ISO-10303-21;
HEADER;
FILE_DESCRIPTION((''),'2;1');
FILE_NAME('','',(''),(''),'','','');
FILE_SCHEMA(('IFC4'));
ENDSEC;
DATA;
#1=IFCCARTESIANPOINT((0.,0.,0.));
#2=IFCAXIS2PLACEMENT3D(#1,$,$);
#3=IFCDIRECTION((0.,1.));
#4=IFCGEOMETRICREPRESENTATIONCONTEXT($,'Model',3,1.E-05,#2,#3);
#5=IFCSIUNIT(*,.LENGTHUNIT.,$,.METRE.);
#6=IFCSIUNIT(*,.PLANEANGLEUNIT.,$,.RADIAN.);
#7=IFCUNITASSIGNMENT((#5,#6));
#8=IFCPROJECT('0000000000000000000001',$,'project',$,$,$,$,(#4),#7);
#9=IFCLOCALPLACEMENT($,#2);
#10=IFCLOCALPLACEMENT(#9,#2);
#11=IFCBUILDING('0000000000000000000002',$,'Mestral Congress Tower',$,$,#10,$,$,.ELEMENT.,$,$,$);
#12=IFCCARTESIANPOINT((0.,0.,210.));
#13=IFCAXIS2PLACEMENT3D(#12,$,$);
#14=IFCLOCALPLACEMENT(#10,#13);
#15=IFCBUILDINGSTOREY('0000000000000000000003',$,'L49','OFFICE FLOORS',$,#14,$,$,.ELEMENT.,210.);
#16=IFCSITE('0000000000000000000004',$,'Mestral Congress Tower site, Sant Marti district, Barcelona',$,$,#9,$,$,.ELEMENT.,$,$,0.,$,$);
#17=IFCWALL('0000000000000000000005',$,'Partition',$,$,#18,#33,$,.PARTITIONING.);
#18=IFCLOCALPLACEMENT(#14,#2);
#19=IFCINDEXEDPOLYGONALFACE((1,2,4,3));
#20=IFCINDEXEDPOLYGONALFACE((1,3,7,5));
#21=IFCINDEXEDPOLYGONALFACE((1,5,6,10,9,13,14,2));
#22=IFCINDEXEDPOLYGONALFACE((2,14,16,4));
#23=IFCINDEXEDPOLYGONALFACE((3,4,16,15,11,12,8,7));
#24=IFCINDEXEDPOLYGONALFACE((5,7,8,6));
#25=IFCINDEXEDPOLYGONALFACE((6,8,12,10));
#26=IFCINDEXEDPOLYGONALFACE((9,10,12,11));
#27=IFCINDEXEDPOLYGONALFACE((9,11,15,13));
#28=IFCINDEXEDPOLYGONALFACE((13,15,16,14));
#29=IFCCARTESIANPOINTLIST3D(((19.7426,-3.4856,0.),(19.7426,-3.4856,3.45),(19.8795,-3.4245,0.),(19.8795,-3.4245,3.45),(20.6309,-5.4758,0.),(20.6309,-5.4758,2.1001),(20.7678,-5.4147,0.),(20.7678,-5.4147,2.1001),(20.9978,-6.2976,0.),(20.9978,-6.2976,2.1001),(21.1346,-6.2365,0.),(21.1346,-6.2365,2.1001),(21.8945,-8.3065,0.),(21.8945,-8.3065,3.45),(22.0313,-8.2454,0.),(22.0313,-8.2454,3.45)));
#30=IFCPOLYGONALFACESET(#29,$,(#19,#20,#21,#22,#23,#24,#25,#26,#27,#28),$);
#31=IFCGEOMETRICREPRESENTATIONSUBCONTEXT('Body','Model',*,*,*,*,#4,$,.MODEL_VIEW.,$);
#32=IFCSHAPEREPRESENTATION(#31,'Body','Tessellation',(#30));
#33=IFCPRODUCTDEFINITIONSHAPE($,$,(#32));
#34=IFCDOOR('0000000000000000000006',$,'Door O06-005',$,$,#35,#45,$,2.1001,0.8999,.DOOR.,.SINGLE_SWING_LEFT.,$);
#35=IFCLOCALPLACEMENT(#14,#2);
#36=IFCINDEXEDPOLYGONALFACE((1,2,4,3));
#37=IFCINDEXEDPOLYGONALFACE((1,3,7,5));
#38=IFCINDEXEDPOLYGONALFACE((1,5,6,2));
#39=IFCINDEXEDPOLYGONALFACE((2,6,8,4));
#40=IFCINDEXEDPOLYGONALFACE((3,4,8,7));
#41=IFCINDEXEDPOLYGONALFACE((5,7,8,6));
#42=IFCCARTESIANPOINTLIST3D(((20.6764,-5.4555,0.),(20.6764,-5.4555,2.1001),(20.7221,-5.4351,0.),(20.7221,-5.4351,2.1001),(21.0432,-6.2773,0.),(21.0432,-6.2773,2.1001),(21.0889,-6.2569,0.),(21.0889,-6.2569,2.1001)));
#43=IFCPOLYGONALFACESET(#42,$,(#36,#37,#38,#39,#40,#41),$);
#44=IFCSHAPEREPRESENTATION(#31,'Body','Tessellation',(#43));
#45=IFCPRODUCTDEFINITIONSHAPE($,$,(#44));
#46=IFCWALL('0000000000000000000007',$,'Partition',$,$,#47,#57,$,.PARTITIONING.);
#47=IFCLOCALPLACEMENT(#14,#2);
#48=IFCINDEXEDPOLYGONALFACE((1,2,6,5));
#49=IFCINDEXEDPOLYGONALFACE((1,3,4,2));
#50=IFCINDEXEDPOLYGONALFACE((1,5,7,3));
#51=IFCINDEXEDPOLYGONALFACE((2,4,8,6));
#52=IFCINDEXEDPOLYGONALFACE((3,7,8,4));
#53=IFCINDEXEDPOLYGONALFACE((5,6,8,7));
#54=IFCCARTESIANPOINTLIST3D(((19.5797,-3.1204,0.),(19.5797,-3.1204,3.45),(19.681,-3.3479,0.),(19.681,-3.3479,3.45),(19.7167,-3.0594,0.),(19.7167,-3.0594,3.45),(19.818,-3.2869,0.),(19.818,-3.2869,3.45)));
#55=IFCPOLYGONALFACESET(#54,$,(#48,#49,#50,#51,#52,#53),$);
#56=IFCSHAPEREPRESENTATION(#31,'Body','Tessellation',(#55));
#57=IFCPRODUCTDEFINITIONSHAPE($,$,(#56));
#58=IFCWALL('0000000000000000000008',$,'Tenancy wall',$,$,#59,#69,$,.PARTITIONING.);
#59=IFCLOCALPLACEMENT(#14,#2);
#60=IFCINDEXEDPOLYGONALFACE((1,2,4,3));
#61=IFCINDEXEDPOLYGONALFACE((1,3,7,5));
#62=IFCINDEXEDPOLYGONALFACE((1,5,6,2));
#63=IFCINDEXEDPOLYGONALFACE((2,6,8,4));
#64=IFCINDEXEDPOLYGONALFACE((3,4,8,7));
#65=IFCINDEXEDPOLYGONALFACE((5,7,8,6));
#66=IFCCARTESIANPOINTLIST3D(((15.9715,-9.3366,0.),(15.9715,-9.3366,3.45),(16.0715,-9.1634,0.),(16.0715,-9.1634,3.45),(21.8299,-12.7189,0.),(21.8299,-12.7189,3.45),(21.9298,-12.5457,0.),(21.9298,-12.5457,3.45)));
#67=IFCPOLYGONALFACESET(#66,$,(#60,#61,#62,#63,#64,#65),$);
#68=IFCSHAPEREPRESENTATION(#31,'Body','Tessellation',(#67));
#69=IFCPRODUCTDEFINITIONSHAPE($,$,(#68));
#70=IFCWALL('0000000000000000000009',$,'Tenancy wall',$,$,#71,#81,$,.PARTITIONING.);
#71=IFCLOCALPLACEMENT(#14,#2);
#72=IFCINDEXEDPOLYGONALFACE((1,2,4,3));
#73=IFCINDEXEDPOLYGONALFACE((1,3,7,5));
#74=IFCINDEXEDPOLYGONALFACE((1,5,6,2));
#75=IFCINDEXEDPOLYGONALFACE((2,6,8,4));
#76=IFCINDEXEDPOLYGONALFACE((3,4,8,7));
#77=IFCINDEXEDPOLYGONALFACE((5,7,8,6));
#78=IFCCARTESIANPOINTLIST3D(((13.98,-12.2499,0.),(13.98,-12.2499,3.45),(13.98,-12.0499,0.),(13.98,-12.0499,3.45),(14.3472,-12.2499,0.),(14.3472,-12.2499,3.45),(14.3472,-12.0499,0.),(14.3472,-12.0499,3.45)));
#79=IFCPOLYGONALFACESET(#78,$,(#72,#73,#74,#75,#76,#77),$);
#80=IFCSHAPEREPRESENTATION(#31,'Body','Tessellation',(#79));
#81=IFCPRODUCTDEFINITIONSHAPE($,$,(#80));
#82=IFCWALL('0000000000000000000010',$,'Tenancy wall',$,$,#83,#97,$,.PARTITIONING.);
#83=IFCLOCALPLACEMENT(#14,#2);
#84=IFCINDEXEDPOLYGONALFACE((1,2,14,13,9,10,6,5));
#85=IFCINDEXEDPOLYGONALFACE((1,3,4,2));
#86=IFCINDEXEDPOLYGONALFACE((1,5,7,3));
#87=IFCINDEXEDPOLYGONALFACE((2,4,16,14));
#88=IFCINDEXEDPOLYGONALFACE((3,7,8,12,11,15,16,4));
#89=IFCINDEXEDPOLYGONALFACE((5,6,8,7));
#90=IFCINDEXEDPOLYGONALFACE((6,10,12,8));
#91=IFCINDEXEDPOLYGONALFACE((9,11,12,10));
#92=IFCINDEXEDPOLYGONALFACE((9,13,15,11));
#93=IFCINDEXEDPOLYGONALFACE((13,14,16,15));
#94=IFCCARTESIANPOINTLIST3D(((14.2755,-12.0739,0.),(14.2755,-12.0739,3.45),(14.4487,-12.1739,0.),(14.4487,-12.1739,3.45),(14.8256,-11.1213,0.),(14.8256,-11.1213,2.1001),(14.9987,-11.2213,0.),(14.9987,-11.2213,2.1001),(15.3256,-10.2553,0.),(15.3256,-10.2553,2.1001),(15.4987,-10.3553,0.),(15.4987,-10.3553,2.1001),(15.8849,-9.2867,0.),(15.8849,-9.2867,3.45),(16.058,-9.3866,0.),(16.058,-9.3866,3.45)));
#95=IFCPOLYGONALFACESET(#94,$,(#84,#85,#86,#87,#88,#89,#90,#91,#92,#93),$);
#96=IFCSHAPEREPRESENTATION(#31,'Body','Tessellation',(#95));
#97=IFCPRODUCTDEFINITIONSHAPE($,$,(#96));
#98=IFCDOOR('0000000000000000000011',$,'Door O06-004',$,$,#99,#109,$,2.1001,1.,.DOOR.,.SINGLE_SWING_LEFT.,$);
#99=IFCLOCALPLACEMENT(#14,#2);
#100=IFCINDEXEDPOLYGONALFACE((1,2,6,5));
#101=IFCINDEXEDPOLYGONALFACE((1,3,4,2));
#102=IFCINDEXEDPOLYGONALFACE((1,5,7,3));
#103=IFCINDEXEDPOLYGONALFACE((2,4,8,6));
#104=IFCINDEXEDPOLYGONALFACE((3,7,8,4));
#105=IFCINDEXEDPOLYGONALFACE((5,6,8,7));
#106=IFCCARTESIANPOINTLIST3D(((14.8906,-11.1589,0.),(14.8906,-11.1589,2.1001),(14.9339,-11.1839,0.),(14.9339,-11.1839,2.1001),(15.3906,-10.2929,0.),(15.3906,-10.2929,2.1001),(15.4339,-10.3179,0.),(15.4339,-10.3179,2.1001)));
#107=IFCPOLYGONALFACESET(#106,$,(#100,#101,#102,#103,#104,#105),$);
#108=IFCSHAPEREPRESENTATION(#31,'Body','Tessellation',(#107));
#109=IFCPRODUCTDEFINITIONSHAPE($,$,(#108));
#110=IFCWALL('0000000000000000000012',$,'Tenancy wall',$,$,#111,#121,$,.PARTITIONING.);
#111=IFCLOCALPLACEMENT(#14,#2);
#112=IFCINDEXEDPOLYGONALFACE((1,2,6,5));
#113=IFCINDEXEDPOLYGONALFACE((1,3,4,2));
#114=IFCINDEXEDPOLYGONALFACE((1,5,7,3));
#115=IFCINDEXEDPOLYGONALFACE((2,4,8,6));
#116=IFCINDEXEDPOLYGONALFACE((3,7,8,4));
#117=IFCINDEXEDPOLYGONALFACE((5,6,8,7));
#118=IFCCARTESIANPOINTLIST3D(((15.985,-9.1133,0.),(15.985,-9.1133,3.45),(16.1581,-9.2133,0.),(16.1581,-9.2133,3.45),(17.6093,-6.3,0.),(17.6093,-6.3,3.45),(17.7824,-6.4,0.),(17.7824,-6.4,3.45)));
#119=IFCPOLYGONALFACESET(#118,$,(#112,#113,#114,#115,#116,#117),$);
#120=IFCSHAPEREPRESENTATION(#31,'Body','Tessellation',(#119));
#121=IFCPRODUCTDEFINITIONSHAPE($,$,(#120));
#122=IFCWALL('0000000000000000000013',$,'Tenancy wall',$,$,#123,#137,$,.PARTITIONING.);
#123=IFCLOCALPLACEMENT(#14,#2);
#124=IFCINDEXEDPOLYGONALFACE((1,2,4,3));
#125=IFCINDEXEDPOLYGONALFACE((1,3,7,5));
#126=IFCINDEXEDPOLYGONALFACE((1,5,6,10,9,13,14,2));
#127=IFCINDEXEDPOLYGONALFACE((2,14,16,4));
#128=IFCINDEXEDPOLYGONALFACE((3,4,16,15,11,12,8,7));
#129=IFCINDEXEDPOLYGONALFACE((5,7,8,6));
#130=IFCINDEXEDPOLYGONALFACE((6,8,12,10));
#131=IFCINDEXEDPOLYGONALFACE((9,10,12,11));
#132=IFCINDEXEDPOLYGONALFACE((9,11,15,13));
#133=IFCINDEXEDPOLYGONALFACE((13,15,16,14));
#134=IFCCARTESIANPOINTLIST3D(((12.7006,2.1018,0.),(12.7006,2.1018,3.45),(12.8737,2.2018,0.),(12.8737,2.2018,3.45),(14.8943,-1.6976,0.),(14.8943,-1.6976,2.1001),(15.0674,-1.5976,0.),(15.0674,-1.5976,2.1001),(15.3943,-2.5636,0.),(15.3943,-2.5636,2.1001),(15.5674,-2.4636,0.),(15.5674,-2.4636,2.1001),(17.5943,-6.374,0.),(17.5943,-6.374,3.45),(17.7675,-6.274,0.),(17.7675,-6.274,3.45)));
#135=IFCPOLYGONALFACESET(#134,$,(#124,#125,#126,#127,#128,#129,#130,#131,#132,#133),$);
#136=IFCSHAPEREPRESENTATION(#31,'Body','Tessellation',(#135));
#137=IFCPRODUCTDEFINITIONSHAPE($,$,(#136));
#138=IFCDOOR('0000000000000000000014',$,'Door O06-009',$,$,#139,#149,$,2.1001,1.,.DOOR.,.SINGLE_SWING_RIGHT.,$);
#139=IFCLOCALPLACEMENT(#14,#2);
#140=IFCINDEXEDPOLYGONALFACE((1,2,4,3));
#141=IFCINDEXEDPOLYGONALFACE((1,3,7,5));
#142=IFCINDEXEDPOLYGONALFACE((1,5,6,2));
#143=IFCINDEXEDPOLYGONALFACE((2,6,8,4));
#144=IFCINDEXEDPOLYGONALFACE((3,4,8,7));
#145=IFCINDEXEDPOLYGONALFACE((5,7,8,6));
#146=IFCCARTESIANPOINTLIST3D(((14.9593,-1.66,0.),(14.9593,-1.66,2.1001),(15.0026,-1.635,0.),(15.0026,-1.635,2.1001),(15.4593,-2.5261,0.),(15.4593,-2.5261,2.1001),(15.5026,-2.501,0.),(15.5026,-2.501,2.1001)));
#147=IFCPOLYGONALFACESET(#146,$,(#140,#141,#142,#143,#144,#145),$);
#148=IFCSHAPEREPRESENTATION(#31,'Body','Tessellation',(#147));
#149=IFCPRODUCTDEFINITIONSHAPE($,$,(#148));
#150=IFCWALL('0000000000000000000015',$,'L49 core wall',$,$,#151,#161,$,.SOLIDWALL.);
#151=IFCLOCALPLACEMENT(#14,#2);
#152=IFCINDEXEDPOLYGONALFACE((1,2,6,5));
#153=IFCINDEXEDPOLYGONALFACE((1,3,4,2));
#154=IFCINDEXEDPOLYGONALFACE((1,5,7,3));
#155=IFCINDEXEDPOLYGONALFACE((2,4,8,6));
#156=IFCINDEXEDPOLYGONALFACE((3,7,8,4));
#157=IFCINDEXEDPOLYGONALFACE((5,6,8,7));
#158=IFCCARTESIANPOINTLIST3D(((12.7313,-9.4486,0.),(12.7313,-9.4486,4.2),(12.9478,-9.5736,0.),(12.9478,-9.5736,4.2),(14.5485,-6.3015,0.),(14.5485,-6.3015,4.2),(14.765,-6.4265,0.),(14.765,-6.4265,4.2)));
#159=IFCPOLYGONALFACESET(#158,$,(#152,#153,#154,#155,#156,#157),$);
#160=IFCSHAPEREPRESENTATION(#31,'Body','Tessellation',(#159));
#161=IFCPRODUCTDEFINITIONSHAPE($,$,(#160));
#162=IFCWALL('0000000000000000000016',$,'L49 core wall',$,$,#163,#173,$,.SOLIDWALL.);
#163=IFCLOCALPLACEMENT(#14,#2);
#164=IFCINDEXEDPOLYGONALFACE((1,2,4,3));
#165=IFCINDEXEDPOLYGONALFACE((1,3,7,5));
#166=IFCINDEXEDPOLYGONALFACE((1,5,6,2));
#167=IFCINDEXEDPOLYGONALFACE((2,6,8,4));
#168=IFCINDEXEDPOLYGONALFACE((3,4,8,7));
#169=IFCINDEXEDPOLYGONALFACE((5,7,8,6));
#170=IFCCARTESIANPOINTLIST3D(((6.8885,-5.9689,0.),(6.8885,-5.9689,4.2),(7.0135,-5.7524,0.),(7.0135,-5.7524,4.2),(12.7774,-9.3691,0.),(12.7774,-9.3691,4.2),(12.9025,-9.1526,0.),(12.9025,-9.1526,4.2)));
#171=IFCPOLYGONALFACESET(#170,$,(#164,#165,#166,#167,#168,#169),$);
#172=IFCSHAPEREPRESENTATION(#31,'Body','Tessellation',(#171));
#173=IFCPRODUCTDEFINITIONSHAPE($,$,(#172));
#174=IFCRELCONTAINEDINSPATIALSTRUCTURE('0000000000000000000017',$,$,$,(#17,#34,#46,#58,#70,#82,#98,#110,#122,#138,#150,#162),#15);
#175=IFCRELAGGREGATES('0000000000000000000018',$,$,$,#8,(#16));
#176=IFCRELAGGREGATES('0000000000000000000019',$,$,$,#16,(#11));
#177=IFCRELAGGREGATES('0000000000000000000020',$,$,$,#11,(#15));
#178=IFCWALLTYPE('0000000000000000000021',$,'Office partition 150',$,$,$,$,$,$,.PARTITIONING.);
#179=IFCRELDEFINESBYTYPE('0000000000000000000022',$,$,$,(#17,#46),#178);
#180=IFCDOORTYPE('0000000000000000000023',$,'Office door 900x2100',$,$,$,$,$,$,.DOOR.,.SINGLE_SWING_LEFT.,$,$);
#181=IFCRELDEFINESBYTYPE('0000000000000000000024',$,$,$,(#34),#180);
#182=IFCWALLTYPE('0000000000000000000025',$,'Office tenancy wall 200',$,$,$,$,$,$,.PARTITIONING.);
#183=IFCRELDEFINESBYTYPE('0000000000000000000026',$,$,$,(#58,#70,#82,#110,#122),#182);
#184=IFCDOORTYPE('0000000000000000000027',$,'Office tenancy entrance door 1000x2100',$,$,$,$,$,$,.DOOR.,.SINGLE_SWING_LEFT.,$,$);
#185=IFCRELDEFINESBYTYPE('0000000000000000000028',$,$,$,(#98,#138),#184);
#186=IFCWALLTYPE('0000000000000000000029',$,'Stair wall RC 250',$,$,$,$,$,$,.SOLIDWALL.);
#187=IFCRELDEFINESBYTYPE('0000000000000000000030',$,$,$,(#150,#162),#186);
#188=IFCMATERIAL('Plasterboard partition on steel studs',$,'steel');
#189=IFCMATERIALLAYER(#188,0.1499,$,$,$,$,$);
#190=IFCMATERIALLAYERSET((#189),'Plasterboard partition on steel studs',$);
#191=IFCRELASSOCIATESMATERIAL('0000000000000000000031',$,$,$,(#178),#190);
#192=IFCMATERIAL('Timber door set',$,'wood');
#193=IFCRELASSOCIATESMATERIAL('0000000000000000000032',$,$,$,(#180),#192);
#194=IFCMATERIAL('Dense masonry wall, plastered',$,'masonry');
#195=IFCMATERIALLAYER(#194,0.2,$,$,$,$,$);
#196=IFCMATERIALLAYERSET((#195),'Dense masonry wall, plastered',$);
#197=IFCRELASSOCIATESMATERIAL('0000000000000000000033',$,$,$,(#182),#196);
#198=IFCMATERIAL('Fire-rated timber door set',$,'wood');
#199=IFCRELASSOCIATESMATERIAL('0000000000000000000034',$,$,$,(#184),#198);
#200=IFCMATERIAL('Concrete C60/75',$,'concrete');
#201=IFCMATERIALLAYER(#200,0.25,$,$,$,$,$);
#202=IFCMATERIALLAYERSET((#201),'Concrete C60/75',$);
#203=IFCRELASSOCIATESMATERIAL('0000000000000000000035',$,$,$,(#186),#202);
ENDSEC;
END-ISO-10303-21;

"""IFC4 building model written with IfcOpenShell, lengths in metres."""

from ifc_helpers import new_model, si_unit, direction, frame, frame_2d, origin, place, context, subcontext, project, spatial, rectangle, extrude, material, layer, layer_set, type_object, element, fill, save


model = new_model("IFC4")

# Units and contexts
model_context = context("Model", 3, precision=1e-05, world=origin(), true_north=direction((0.0, 1.0)))
body_context = subcontext(model_context, "Body", "Model", "MODEL_VIEW")
ifc_project = project(units=[si_unit("LENGTHUNIT", "METRE"), si_unit("PLANEANGLEUNIT", "RADIAN")], contexts=[model_context])

# Site, building, storey
site_placement = place(None, origin())
site = spatial("IfcSite", under=ifc_project, at=site_placement, Name="Mestral Congress Tower site, Sant Marti district, Barcelona", CompositionType="ELEMENT", RefElevation=0.0)
building_placement = place(site_placement, origin())
building = spatial("IfcBuilding", under=site, at=building_placement, Name="Mestral Congress Tower", CompositionType="ELEMENT")
storey_placement = place(building_placement, frame((0.0, 0.0, 210.0)))
storey = spatial("IfcBuildingStorey", under=building, at=storey_placement, Name="L49", Description="OFFICE FLOORS", CompositionType="ELEMENT", Elevation=210.0)

# Shared definitions
ifc_material_1 = material(Name="Concrete C60/75", Category="concrete")

# Shared definitions
ifc_material_2 = material(Name="Plasterboard partition on steel studs", Category="steel")
ifc_layer_1 = layer(ifc_material_2, 0.1499)
ifc_layer_set_1 = layer_set([ifc_layer_1], Name="Plasterboard partition on steel studs")
wall_type_1 = type_object("IfcWallType", Name="Office partition 150", PredefinedType="PARTITIONING", material=ifc_layer_set_1)

# Wall, opening, door
wall_1_placement = place(storey_placement, frame((19.811, -3.4551, 0.0), z_axis=(0.0, 0.0, 1.0), x_axis=(0.407605, -0.913158, 0.0)))
wall_1 = element("IfcWall", 1, at=wall_1_placement, inside=storey, type_object=wall_type_1, Name="Partition", PredefinedType="PARTITIONING", context=body_context, shape_type="SweptSolid", body=[
    extrude(rectangle(XDim=5.2793, YDim=0.1499, at=frame_2d((2.6396, 0.0))), origin(), (0.0, 0.0, 1.0), 3.45),
])
opening_1_placement = place(wall_1_placement, frame((2.1794, 0.0, 0.0)))
opening_1 = element("IfcOpeningElement", 2, at=opening_1_placement, cuts=wall_1, PredefinedType="OPENING", context=body_context, shape_type="SweptSolid", body=[
    extrude(rectangle(XDim=0.8999, YDim=2.1001, at=frame_2d((0.45, 1.05))), frame((0.0, 0.085, 0.0), z_axis=(0.0, -1.0, 0.0), x_axis=(1.0, 0.0, 0.0)), (0.0, 0.0, 1.0), 0.1699),
])
ifc_material_3 = material(Name="Timber door set", Category="wood")
door_type_1 = type_object("IfcDoorType", Name="Office door 900x2100", OperationType="SINGLE_SWING_LEFT", PredefinedType="DOOR", material=ifc_material_3)
door_1_placement = place(opening_1_placement, origin())
door_1 = element("IfcDoor", 3, at=door_1_placement, inside=storey, type_object=door_type_1, Name="Door O06-005", OperationType="SINGLE_SWING_LEFT", OverallHeight=2.1001, OverallWidth=0.8999, PredefinedType="DOOR", context=body_context, shape_type="SweptSolid", body=[
    extrude(rectangle(XDim=0.8999, YDim=2.1001, at=frame_2d((0.45, 1.05))), frame((0.0, 0.0249, 0.0), z_axis=(0.0, -1.0, 0.0), x_axis=(1.0, 0.0, 0.0)), (0.0, 0.0, 1.0), 0.05),
])
fill(opening_1, door_1)

# Walls
wall_2_placement = place(storey_placement, frame((19.7495, -3.3174, 0.0), z_axis=(0.0, 0.0, 1.0), x_axis=(-0.406775, 0.913528, 0.0)))
element("IfcWall", 4, at=wall_2_placement, inside=storey, type_object=wall_type_1, Name="Partition", PredefinedType="PARTITIONING", context=body_context, shape_type="SweptSolid", body=[
    extrude(rectangle(XDim=0.249, YDim=0.1499, at=frame_2d((0.1245, 0.0))), origin(), (0.0, 0.0, 1.0), 3.45),
])
ifc_material_4 = material(Name="Dense masonry wall, plastered", Category="masonry")
ifc_layer_2 = layer(ifc_material_4, 0.2)
ifc_layer_set_2 = layer_set([ifc_layer_2], Name="Dense masonry wall, plastered")
wall_type_2 = type_object("IfcWallType", Name="Office tenancy wall 200", PredefinedType="PARTITIONING", material=ifc_layer_set_2)
wall_3_placement = place(storey_placement, frame((16.0215, -9.25, 0.0), z_axis=(0.0, 0.0, 1.0), x_axis=(0.866027, -0.499997, 0.0)))
element("IfcWall", 5, at=wall_3_placement, inside=storey, type_object=wall_type_2, Name="Tenancy wall", PredefinedType="PARTITIONING", context=body_context, shape_type="SweptSolid", body=[
    extrude(rectangle(XDim=6.7646, YDim=0.2, at=frame_2d((3.3823, 0.0))), origin(), (0.0, 0.0, 1.0), 3.45),
])
wall_4_placement = place(storey_placement, frame((13.98, -12.1499, 0.0), z_axis=(0.0, 0.0, 1.0), x_axis=(1.0, 0.0, 0.0)))
element("IfcWall", 6, at=wall_4_placement, inside=storey, type_object=wall_type_2, Name="Tenancy wall", PredefinedType="PARTITIONING", context=body_context, shape_type="SweptSolid", body=[
    extrude(rectangle(XDim=0.3672, YDim=0.2, at=frame_2d((0.1836, 0.0))), origin(), (0.0, 0.0, 1.0), 3.45),
])

# Wall, opening, door
wall_5_placement = place(storey_placement, frame((14.3621, -12.124, 0.0), z_axis=(0.0, 0.0, 1.0), x_axis=(0.500022, 0.866013, 0.0)))
wall_5 = element("IfcWall", 7, at=wall_5_placement, inside=storey, type_object=wall_type_2, Name="Tenancy wall", PredefinedType="PARTITIONING", context=body_context, shape_type="SweptSolid", body=[
    extrude(rectangle(XDim=3.2185, YDim=0.2, at=frame_2d((1.6094, 0.0))), origin(), (0.0, 0.0, 1.0), 3.45),
])
opening_2_placement = place(wall_5_placement, frame((1.1001, 0.0, 0.0)))
opening_2 = element("IfcOpeningElement", 8, at=opening_2_placement, cuts=wall_5, PredefinedType="OPENING", context=body_context, shape_type="SweptSolid", body=[
    extrude(rectangle(XDim=1.0, YDim=2.1001, at=frame_2d((0.5, 1.05))), frame((0.0, 0.1099, 0.0), z_axis=(0.0, -1.0, 0.0), x_axis=(1.0, 0.0, 0.0)), (0.0, 0.0, 1.0), 0.22),
])
ifc_material_5 = material(Name="Fire-rated timber door set", Category="wood")
door_type_2 = type_object("IfcDoorType", Name="Office tenancy entrance door 1000x2100", OperationType="SINGLE_SWING_LEFT", PredefinedType="DOOR", material=ifc_material_5)
door_2_placement = place(opening_2_placement, origin())
door_2 = element("IfcDoor", 9, at=door_2_placement, inside=storey, type_object=door_type_2, Name="Door O06-004", OperationType="SINGLE_SWING_LEFT", OverallHeight=2.1001, OverallWidth=1.0, PredefinedType="DOOR", context=body_context, shape_type="SweptSolid", body=[
    extrude(rectangle(XDim=1.0, YDim=2.1001, at=frame_2d((0.5, 1.05))), frame((0.0, 0.0249, 0.0), z_axis=(0.0, -1.0, 0.0), x_axis=(1.0, 0.0, 0.0)), (0.0, 0.0, 1.0), 0.05),
])
fill(opening_2, door_2)

# Wall
wall_6_placement = place(storey_placement, frame((16.0715, -9.1633, 0.0), z_axis=(0.0, 0.0, 1.0), x_axis=(0.500011, 0.866019, 0.0)))
element("IfcWall", 10, at=wall_6_placement, inside=storey, type_object=wall_type_2, Name="Tenancy wall", PredefinedType="PARTITIONING", context=body_context, shape_type="SweptSolid", body=[
    extrude(rectangle(XDim=3.2485, YDim=0.2, at=frame_2d((1.6243, 0.0))), origin(), (0.0, 0.0, 1.0), 3.45),
])

# Wall, opening, door
wall_7_placement = place(storey_placement, frame((17.6809, -6.324, 0.0), z_axis=(0.0, 0.0, 1.0), x_axis=(-0.500021, 0.866013, 0.0)))
wall_7 = element("IfcWall", 11, at=wall_7_placement, inside=storey, type_object=wall_type_2, Name="Tenancy wall", PredefinedType="PARTITIONING", context=body_context, shape_type="SweptSolid", body=[
    extrude(rectangle(XDim=9.7871, YDim=0.2, at=frame_2d((4.8936, 0.0))), origin(), (0.0, 0.0, 1.0), 3.45),
])
opening_3_placement = place(wall_7_placement, frame((4.3999, 0.0, 0.0)))
opening_3 = element("IfcOpeningElement", 12, at=opening_3_placement, cuts=wall_7, PredefinedType="OPENING", context=body_context, shape_type="SweptSolid", body=[
    extrude(rectangle(XDim=1.0, YDim=2.1001, at=frame_2d((0.5, 1.05))), frame((0.0, 0.1099, 0.0), z_axis=(0.0, -1.0, 0.0), x_axis=(1.0, 0.0, 0.0)), (0.0, 0.0, 1.0), 0.22),
])
door_3_placement = place(opening_3_placement, origin())
door_3 = element("IfcDoor", 13, at=door_3_placement, inside=storey, type_object=door_type_2, Name="Door O06-009", OperationType="SINGLE_SWING_RIGHT", OverallHeight=2.1001, OverallWidth=1.0, PredefinedType="DOOR", context=body_context, shape_type="SweptSolid", body=[
    extrude(rectangle(XDim=1.0, YDim=2.1001, at=frame_2d((0.5, 1.05))), frame((0.0, 0.0249, 0.0), z_axis=(0.0, -1.0, 0.0), x_axis=(1.0, 0.0, 0.0)), (0.0, 0.0, 1.0), 0.05),
])
fill(opening_3, door_3)

# Walls
ifc_layer_3 = layer(ifc_material_1, 0.25)
ifc_layer_set_3 = layer_set([ifc_layer_3], Name="Concrete C60/75")
wall_type_3 = type_object("IfcWallType", Name="Stair wall RC 250", PredefinedType="SOLIDWALL", material=ifc_layer_set_3)
wall_8_placement = place(storey_placement, frame((12.8396, -9.511, 0.0), z_axis=(0.0, 0.0, 1.0), x_axis=(0.500048, 0.865998, 0.0)))
element("IfcWall", 14, at=wall_8_placement, inside=storey, type_object=wall_type_3, Name="L49 core wall", PredefinedType="SOLIDWALL", context=body_context, shape_type="SweptSolid", body=[
    extrude(rectangle(XDim=3.634, YDim=0.25, at=frame_2d((1.8169, 0.0))), origin(), (0.0, 0.0, 1.0), 4.2),
])
wall_9_placement = place(storey_placement, frame((12.8398, -9.2607, 0.0), z_axis=(0.0, 0.0, 1.0), x_axis=(-0.866014, 0.50002, 0.0)))
element("IfcWall", 15, at=wall_9_placement, inside=storey, type_object=wall_type_3, Name="L49 core wall", PredefinedType="SOLIDWALL", context=body_context, shape_type="SweptSolid", body=[
    extrude(rectangle(XDim=6.8, YDim=0.25, at=frame_2d((3.3999, 0.0))), origin(), (0.0, 0.0, 1.0), 4.2),
])

save(model, "model.ifc")
